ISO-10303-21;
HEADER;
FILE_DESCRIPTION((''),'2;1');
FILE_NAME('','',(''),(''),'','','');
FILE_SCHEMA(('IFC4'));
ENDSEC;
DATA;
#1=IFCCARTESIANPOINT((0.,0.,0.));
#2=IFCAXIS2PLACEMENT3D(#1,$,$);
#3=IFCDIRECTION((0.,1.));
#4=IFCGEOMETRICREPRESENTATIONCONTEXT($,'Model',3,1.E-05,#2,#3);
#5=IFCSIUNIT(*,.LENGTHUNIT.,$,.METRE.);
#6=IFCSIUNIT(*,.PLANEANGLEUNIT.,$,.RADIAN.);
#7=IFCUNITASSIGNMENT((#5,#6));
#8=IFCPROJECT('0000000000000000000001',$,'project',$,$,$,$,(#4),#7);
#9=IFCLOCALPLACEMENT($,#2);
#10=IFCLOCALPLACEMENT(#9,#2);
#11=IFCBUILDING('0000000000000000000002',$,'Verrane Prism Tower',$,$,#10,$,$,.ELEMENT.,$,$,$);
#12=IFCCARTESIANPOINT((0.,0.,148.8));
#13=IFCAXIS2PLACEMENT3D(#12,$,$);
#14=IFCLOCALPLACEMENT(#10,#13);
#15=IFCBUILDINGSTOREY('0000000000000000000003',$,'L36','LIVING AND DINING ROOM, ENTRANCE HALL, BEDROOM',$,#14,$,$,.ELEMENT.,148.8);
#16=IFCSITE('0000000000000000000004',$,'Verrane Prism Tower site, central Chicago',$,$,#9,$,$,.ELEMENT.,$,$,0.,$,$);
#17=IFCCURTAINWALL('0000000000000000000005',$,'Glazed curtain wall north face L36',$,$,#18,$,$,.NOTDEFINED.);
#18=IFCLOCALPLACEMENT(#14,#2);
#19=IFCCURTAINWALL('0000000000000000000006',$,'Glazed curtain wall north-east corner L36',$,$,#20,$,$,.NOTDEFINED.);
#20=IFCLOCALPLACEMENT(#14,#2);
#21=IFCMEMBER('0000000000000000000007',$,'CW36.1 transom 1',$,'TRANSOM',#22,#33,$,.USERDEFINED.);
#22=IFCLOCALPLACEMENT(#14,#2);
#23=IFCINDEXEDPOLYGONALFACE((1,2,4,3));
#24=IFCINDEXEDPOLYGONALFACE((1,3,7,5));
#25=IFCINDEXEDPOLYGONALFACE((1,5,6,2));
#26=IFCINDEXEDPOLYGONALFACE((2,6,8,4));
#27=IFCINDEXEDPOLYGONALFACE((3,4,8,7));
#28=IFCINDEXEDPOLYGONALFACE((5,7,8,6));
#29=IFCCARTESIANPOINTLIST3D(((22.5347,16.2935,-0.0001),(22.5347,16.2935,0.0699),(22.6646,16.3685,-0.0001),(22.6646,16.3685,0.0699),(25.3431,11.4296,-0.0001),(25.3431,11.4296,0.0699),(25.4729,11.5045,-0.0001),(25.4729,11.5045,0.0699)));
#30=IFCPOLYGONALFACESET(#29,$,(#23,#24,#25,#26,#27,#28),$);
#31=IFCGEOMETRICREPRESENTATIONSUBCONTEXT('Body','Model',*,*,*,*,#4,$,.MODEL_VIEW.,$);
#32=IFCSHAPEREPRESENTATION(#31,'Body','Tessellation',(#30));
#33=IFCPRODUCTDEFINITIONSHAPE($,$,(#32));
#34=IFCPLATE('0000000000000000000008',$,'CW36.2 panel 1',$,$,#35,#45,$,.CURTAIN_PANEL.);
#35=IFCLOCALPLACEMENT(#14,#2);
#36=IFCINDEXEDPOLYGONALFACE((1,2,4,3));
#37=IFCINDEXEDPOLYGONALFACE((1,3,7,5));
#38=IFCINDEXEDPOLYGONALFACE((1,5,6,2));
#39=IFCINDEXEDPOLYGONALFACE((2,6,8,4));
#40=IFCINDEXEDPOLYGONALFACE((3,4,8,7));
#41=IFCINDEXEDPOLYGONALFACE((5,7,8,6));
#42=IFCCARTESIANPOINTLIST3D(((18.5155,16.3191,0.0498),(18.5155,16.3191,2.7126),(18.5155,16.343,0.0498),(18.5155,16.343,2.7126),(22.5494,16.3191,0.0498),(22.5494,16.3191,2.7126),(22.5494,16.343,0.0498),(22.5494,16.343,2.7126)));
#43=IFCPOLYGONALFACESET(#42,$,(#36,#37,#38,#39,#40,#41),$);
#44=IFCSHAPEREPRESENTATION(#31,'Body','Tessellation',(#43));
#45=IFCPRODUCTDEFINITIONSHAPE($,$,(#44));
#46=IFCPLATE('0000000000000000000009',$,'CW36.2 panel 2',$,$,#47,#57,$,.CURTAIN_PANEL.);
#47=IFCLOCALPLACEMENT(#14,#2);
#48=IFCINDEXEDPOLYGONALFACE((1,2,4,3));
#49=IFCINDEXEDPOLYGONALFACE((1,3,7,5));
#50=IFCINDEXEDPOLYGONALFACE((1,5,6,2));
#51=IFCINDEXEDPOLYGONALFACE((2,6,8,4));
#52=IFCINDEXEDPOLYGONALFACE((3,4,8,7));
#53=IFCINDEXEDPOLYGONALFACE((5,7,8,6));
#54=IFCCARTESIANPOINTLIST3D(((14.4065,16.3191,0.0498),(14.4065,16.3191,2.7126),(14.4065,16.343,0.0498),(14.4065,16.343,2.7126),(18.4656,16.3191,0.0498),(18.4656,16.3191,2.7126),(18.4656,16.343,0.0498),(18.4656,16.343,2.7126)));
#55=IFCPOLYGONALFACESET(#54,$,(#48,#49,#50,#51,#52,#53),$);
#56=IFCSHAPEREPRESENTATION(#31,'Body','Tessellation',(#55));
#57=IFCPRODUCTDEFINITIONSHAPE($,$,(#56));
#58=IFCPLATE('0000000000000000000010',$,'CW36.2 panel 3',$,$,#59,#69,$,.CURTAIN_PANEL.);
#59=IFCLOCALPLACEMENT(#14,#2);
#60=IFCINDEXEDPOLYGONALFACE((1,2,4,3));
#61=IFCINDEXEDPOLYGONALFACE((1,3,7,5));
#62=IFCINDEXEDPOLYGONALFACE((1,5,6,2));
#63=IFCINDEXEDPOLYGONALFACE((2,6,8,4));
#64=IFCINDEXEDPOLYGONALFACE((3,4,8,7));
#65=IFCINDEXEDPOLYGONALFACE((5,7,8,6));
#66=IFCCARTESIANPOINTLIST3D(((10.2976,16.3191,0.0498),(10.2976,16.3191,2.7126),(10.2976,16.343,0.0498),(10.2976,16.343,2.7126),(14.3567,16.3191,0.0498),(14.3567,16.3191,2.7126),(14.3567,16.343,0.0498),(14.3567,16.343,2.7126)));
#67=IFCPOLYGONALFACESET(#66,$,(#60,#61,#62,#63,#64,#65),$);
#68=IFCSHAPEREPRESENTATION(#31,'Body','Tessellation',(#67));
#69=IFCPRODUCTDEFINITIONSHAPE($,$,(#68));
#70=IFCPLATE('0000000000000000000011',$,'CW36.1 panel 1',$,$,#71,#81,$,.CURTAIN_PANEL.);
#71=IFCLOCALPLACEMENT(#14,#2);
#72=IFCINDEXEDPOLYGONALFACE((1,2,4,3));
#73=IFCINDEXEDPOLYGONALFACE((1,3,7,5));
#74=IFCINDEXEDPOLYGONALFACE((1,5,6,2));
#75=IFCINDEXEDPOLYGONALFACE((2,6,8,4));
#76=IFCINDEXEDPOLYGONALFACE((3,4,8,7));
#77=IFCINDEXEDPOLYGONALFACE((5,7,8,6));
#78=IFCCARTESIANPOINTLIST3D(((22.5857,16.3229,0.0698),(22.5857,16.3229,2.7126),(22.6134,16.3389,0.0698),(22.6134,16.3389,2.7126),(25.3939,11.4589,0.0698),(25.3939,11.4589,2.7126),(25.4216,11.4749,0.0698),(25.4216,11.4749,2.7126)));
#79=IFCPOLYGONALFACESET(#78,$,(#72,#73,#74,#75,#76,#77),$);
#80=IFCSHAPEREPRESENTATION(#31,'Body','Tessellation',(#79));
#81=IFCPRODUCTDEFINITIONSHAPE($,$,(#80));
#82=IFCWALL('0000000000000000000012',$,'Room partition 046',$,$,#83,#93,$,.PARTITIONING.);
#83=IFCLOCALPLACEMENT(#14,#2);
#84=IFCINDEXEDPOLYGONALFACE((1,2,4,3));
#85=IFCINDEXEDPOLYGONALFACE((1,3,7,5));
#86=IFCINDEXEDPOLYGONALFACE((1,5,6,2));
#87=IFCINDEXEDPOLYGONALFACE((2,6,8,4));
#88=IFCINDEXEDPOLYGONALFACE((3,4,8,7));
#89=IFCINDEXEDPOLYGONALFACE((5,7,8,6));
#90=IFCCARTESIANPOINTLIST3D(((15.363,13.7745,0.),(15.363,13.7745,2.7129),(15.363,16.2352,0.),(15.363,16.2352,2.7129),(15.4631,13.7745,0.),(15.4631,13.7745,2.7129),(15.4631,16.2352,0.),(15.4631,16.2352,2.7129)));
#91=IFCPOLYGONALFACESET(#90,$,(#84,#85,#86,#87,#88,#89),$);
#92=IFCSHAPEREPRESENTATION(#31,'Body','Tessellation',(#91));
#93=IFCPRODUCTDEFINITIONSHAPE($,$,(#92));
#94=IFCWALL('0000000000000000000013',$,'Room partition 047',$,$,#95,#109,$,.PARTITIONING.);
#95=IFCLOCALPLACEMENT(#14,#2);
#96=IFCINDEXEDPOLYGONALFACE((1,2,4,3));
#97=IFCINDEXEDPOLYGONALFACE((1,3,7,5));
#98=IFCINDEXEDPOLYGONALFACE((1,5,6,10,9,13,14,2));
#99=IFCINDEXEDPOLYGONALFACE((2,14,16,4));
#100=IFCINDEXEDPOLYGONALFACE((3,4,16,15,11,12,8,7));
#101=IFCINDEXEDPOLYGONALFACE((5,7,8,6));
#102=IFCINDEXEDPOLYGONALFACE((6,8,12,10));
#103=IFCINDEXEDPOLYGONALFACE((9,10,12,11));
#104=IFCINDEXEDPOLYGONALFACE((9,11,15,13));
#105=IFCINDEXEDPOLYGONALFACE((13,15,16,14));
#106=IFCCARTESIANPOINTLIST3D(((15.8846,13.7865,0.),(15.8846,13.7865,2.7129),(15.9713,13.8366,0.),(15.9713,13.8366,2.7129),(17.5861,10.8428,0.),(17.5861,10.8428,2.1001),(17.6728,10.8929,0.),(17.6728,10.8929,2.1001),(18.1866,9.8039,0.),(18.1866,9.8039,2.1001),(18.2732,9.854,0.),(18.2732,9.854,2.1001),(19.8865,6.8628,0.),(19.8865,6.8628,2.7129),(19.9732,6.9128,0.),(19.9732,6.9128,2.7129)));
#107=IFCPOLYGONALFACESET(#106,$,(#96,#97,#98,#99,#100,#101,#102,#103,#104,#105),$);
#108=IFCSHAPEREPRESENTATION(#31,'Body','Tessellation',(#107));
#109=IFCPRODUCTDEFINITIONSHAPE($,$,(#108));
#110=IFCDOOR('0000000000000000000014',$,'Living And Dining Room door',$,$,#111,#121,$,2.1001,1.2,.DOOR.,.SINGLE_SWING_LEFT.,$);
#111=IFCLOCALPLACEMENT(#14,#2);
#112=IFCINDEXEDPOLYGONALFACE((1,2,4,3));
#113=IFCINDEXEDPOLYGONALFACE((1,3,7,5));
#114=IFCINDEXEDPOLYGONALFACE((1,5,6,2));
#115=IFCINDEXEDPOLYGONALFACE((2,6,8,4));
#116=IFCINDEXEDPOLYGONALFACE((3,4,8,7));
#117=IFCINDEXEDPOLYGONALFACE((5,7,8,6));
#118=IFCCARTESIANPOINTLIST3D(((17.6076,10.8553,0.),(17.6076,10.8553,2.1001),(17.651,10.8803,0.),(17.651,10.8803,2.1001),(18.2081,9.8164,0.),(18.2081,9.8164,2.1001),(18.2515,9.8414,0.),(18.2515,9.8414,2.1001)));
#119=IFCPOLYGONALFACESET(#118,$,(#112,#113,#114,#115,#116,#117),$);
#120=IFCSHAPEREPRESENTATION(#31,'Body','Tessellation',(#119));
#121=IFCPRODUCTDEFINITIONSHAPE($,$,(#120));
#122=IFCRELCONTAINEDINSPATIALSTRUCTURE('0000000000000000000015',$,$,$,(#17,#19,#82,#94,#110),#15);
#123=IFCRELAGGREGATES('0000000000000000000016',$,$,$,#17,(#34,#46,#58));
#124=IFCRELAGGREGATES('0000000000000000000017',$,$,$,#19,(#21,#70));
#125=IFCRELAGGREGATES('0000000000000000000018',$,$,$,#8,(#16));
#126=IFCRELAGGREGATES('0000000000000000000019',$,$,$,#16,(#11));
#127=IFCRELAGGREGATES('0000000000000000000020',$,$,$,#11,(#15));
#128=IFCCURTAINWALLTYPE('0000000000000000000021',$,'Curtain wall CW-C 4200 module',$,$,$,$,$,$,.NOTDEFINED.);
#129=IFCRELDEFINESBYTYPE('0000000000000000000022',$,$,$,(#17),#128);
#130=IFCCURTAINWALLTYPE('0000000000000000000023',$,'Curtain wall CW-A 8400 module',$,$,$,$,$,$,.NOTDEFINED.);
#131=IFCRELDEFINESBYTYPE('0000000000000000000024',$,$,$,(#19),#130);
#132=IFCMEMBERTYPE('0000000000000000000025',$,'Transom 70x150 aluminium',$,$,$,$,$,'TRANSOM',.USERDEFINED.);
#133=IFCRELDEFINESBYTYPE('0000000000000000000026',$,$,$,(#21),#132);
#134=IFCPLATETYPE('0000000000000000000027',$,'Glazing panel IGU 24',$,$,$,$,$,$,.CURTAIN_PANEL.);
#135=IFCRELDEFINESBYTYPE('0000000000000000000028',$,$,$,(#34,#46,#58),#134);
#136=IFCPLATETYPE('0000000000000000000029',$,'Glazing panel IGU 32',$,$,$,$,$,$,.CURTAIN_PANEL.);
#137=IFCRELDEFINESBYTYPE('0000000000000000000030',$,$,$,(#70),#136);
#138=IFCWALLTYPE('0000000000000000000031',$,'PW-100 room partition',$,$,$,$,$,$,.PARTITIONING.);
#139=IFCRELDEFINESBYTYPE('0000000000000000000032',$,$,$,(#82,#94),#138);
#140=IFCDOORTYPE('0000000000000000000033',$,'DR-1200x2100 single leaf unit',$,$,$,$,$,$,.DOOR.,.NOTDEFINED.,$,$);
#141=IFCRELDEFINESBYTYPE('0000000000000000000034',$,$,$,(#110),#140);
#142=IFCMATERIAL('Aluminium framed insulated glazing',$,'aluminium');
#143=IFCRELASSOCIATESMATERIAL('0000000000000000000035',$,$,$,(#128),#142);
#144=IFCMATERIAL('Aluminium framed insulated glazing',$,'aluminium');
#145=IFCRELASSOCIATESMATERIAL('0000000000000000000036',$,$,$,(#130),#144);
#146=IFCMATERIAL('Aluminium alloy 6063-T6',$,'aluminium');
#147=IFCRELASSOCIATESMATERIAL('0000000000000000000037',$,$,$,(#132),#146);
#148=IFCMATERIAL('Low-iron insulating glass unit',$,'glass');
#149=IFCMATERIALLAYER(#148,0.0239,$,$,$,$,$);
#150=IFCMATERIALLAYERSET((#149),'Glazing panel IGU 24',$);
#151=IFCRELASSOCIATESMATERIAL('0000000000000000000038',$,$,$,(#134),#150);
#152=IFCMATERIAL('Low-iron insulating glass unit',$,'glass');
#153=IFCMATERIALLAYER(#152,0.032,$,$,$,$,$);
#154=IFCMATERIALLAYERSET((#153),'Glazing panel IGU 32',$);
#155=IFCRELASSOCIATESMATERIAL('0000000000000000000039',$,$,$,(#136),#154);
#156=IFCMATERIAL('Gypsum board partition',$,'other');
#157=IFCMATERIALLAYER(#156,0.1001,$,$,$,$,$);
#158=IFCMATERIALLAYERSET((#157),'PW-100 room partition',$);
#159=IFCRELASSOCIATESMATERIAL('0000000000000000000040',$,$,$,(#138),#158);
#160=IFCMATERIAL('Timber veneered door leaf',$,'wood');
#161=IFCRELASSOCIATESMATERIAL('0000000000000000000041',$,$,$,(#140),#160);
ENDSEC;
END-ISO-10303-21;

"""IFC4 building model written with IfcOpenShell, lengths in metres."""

from ifc_helpers import new_model, si_unit, direction, frame, frame_2d, origin, origin_2d, place, context, subcontext, project, spatial, rectangle, extrude, material, layer, layer_set, material_profile, profile_set, type_object, element, fill, aggregate, save


model = new_model("IFC4")

# Units and contexts
model_context = context("Model", 3, precision=1e-05, world=origin(), true_north=direction((0.0, 1.0)))
body_context = subcontext(model_context, "Body", "Model", "MODEL_VIEW")
ifc_project = project(units=[si_unit("LENGTHUNIT", "METRE"), si_unit("PLANEANGLEUNIT", "RADIAN")], contexts=[model_context])

# Site, building, storey
site_placement = place(None, origin())
site = spatial("IfcSite", under=ifc_project, at=site_placement, Name="Verrane Prism Tower site, central Chicago", CompositionType="ELEMENT", RefElevation=0.0)
building_placement = place(site_placement, origin())
building = spatial("IfcBuilding", under=site, at=building_placement, Name="Verrane Prism Tower", CompositionType="ELEMENT")
storey_placement = place(building_placement, frame((0.0, 0.0, 148.8)))
storey = spatial("IfcBuildingStorey", under=building, at=storey_placement, Name="L36", Description="LIVING AND DINING ROOM, ENTRANCE HALL, BEDROOM", CompositionType="ELEMENT", Elevation=148.8)

# Curtain wall
ifc_material_1 = material(Name="Aluminium framed insulated glazing", Category="aluminium")
curtain_wall_type_1 = type_object("IfcCurtainWallType", Name="Curtain wall CW-C 4200 module", PredefinedType="NOTDEFINED", material=ifc_material_1)
curtain_wall_1_placement = place(storey_placement, origin())
curtain_wall_1 = element("IfcCurtainWall", 1, at=curtain_wall_1_placement, inside=storey, type_object=curtain_wall_type_1, Name="Glazed curtain wall north face L36", PredefinedType="NOTDEFINED")

# Curtain wall, member
ifc_material_2 = material(Name="Aluminium framed insulated glazing", Category="aluminium")
curtain_wall_type_2 = type_object("IfcCurtainWallType", Name="Curtain wall CW-A 8400 module", PredefinedType="NOTDEFINED", material=ifc_material_2)
curtain_wall_2_placement = place(storey_placement, origin())
curtain_wall_2 = element("IfcCurtainWall", 2, at=curtain_wall_2_placement, inside=storey, type_object=curtain_wall_type_2, Name="Glazed curtain wall north-east corner L36", PredefinedType="NOTDEFINED")
ifc_material_3 = material(Name="Aluminium alloy 6063-T6", Category="aluminium")
ifc_material_profile_1 = material_profile(ifc_material_3, rectangle(XDim=0.1499, YDim=0.0701, at=origin_2d()), Name="Transom 70x150 aluminium")
ifc_profile_set_1 = profile_set([ifc_material_profile_1], Name="Aluminium alloy 6063-T6")
member_type_1 = type_object("IfcMemberType", Name="Transom 70x150 aluminium", ElementType="TRANSOM", PredefinedType="USERDEFINED", material=ifc_profile_set_1)
member_1_placement = place(storey_placement, frame((25.408, 11.467, 0.0349), z_axis=(-0.500015, 0.866017, 0.0), x_axis=(-0.866017, -0.500015, 0.0)))
member_1 = element("IfcMember", 3, at=member_1_placement, type_object=member_type_1, Name="CW36.1 transom 1", ObjectType="TRANSOM", PredefinedType="USERDEFINED", context=body_context, shape_type="SweptSolid", body=[
    extrude(rectangle(XDim=0.1499, YDim=0.0701, at=origin_2d()), origin(), (0.0, 0.0, 1.0), 5.6165),
])

# Plates
ifc_material_4 = material(Name="Low-iron insulating glass unit", Category="glass")
ifc_layer_1 = layer(ifc_material_4, 0.0239)
ifc_layer_set_1 = layer_set([ifc_layer_1], Name="Glazing panel IGU 24")
plate_type_1 = type_object("IfcPlateType", Name="Glazing panel IGU 24", PredefinedType="CURTAIN_PANEL", material=ifc_layer_set_1)
plate_1_placement = place(storey_placement, frame((20.5325, 16.3311, 0.0498), z_axis=(0.0, 0.0, 1.0), x_axis=(-1.0, 0.0, 0.0)))
plate_1 = element("IfcPlate", 4, at=plate_1_placement, type_object=plate_type_1, Name="CW36.2 panel 1", PredefinedType="CURTAIN_PANEL", context=body_context, shape_type="SweptSolid", body=[
    extrude(rectangle(XDim=4.0339, YDim=0.0239, at=origin_2d()), origin(), (0.0, 0.0, 1.0), 2.6628),
])
plate_2_placement = place(storey_placement, frame((16.436, 16.3311, 0.0498), z_axis=(0.0, 0.0, 1.0), x_axis=(-1.0, 0.0, 0.0)))
plate_2 = element("IfcPlate", 5, at=plate_2_placement, type_object=plate_type_1, Name="CW36.2 panel 2", PredefinedType="CURTAIN_PANEL", context=body_context, shape_type="SweptSolid", body=[
    extrude(rectangle(XDim=4.0591, YDim=0.0239, at=origin_2d()), origin(), (0.0, 0.0, 1.0), 2.6628),
])
plate_3_placement = place(storey_placement, frame((12.3271, 16.3311, 0.0498), z_axis=(0.0, 0.0, 1.0), x_axis=(-1.0, 0.0, 0.0)))
plate_3 = element("IfcPlate", 6, at=plate_3_placement, type_object=plate_type_1, Name="CW36.2 panel 3", PredefinedType="CURTAIN_PANEL", context=body_context, shape_type="SweptSolid", body=[
    extrude(rectangle(XDim=4.0591, YDim=0.0239, at=origin_2d()), origin(), (0.0, 0.0, 1.0), 2.6628),
])
aggregate(curtain_wall_1, [plate_1, plate_2, plate_3])
ifc_material_5 = material(Name="Low-iron insulating glass unit", Category="glass")
ifc_layer_2 = layer(ifc_material_5, 0.032)
ifc_layer_set_2 = layer_set([ifc_layer_2], Name="Glazing panel IGU 32")
plate_type_2 = type_object("IfcPlateType", Name="Glazing panel IGU 32", PredefinedType="CURTAIN_PANEL", material=ifc_layer_set_2)
plate_4_placement = place(storey_placement, frame((24.0037, 13.8989, 0.0698), z_axis=(0.0, 0.0, 1.0), x_axis=(-0.500003, 0.866024, 0.0)))
plate_4 = element("IfcPlate", 7, at=plate_4_placement, type_object=plate_type_2, Name="CW36.1 panel 1", PredefinedType="CURTAIN_PANEL", context=body_context, shape_type="SweptSolid", body=[
    extrude(rectangle(XDim=5.6165, YDim=0.032, at=origin_2d()), origin(), (0.0, 0.0, 1.0), 2.6428),
])
aggregate(curtain_wall_2, [member_1, plate_4])

# Wall
ifc_material_6 = material(Name="Gypsum board partition", Category="other")
ifc_layer_3 = layer(ifc_material_6, 0.1001)
ifc_layer_set_3 = layer_set([ifc_layer_3], Name="PW-100 room partition")
wall_type = type_object("IfcWallType", Name="PW-100 room partition", PredefinedType="PARTITIONING", material=ifc_layer_set_3)
wall_1_placement = place(storey_placement, frame((15.4131, 13.7744, 0.0), z_axis=(0.0, 0.0, 1.0), x_axis=(0.0, 1.0, 0.0)))
element("IfcWall", 8, at=wall_1_placement, inside=storey, type_object=wall_type, Name="Room partition 046", PredefinedType="PARTITIONING", context=body_context, shape_type="SweptSolid", body=[
    extrude(rectangle(XDim=2.4607, YDim=0.1001, at=frame_2d((1.2305, 0.0))), origin(), (0.0, 0.0, 1.0), 2.7129),
])

# Wall, opening, door
wall_2_placement = place(storey_placement, frame((15.928, 13.8115, 0.0), z_axis=(0.0, 0.0, 1.0), x_axis=(0.50042, -0.865783, 0.0)))
wall_2 = element("IfcWall", 9, at=wall_2_placement, inside=storey, type_object=wall_type, Name="Room partition 047", PredefinedType="PARTITIONING", context=body_context, shape_type="SweptSolid", body=[
    extrude(rectangle(XDim=7.9971, YDim=0.1001, at=frame_2d((3.9985, 0.0))), origin(), (0.0, 0.0, 1.0), 2.7129),
])
opening_placement = place(wall_2_placement, frame((3.3999, 0.0, 0.0)))
opening = element("IfcOpeningElement", 10, at=opening_placement, cuts=wall_2, PredefinedType="OPENING", context=body_context, shape_type="SweptSolid", body=[
    extrude(rectangle(XDim=1.2, YDim=2.1001, at=frame_2d((0.6001, 1.05))), frame((0.0, 0.0601, 0.0), z_axis=(0.0, -1.0, 0.0), x_axis=(1.0, 0.0, 0.0)), (0.0, 0.0, 1.0), 0.1201),
])
ifc_material_7 = material(Name="Timber veneered door leaf", Category="wood")
door_type = type_object("IfcDoorType", Name="DR-1200x2100 single leaf unit", OperationType="NOTDEFINED", PredefinedType="DOOR", material=ifc_material_7)
door_placement = place(opening_placement, origin())
door = element("IfcDoor", 11, at=door_placement, inside=storey, type_object=door_type, Name="Living And Dining Room door", OperationType="SINGLE_SWING_LEFT", OverallHeight=2.1001, OverallWidth=1.2, PredefinedType="DOOR", context=body_context, shape_type="SweptSolid", body=[
    extrude(rectangle(XDim=1.2, YDim=2.1001, at=frame_2d((0.6001, 1.05))), frame((0.0, 0.0249, 0.0), z_axis=(0.0, -1.0, 0.0), x_axis=(1.0, 0.0, 0.0)), (0.0, 0.0, 1.0), 0.05),
])
fill(opening, door)

save(model, "model.ifc")
